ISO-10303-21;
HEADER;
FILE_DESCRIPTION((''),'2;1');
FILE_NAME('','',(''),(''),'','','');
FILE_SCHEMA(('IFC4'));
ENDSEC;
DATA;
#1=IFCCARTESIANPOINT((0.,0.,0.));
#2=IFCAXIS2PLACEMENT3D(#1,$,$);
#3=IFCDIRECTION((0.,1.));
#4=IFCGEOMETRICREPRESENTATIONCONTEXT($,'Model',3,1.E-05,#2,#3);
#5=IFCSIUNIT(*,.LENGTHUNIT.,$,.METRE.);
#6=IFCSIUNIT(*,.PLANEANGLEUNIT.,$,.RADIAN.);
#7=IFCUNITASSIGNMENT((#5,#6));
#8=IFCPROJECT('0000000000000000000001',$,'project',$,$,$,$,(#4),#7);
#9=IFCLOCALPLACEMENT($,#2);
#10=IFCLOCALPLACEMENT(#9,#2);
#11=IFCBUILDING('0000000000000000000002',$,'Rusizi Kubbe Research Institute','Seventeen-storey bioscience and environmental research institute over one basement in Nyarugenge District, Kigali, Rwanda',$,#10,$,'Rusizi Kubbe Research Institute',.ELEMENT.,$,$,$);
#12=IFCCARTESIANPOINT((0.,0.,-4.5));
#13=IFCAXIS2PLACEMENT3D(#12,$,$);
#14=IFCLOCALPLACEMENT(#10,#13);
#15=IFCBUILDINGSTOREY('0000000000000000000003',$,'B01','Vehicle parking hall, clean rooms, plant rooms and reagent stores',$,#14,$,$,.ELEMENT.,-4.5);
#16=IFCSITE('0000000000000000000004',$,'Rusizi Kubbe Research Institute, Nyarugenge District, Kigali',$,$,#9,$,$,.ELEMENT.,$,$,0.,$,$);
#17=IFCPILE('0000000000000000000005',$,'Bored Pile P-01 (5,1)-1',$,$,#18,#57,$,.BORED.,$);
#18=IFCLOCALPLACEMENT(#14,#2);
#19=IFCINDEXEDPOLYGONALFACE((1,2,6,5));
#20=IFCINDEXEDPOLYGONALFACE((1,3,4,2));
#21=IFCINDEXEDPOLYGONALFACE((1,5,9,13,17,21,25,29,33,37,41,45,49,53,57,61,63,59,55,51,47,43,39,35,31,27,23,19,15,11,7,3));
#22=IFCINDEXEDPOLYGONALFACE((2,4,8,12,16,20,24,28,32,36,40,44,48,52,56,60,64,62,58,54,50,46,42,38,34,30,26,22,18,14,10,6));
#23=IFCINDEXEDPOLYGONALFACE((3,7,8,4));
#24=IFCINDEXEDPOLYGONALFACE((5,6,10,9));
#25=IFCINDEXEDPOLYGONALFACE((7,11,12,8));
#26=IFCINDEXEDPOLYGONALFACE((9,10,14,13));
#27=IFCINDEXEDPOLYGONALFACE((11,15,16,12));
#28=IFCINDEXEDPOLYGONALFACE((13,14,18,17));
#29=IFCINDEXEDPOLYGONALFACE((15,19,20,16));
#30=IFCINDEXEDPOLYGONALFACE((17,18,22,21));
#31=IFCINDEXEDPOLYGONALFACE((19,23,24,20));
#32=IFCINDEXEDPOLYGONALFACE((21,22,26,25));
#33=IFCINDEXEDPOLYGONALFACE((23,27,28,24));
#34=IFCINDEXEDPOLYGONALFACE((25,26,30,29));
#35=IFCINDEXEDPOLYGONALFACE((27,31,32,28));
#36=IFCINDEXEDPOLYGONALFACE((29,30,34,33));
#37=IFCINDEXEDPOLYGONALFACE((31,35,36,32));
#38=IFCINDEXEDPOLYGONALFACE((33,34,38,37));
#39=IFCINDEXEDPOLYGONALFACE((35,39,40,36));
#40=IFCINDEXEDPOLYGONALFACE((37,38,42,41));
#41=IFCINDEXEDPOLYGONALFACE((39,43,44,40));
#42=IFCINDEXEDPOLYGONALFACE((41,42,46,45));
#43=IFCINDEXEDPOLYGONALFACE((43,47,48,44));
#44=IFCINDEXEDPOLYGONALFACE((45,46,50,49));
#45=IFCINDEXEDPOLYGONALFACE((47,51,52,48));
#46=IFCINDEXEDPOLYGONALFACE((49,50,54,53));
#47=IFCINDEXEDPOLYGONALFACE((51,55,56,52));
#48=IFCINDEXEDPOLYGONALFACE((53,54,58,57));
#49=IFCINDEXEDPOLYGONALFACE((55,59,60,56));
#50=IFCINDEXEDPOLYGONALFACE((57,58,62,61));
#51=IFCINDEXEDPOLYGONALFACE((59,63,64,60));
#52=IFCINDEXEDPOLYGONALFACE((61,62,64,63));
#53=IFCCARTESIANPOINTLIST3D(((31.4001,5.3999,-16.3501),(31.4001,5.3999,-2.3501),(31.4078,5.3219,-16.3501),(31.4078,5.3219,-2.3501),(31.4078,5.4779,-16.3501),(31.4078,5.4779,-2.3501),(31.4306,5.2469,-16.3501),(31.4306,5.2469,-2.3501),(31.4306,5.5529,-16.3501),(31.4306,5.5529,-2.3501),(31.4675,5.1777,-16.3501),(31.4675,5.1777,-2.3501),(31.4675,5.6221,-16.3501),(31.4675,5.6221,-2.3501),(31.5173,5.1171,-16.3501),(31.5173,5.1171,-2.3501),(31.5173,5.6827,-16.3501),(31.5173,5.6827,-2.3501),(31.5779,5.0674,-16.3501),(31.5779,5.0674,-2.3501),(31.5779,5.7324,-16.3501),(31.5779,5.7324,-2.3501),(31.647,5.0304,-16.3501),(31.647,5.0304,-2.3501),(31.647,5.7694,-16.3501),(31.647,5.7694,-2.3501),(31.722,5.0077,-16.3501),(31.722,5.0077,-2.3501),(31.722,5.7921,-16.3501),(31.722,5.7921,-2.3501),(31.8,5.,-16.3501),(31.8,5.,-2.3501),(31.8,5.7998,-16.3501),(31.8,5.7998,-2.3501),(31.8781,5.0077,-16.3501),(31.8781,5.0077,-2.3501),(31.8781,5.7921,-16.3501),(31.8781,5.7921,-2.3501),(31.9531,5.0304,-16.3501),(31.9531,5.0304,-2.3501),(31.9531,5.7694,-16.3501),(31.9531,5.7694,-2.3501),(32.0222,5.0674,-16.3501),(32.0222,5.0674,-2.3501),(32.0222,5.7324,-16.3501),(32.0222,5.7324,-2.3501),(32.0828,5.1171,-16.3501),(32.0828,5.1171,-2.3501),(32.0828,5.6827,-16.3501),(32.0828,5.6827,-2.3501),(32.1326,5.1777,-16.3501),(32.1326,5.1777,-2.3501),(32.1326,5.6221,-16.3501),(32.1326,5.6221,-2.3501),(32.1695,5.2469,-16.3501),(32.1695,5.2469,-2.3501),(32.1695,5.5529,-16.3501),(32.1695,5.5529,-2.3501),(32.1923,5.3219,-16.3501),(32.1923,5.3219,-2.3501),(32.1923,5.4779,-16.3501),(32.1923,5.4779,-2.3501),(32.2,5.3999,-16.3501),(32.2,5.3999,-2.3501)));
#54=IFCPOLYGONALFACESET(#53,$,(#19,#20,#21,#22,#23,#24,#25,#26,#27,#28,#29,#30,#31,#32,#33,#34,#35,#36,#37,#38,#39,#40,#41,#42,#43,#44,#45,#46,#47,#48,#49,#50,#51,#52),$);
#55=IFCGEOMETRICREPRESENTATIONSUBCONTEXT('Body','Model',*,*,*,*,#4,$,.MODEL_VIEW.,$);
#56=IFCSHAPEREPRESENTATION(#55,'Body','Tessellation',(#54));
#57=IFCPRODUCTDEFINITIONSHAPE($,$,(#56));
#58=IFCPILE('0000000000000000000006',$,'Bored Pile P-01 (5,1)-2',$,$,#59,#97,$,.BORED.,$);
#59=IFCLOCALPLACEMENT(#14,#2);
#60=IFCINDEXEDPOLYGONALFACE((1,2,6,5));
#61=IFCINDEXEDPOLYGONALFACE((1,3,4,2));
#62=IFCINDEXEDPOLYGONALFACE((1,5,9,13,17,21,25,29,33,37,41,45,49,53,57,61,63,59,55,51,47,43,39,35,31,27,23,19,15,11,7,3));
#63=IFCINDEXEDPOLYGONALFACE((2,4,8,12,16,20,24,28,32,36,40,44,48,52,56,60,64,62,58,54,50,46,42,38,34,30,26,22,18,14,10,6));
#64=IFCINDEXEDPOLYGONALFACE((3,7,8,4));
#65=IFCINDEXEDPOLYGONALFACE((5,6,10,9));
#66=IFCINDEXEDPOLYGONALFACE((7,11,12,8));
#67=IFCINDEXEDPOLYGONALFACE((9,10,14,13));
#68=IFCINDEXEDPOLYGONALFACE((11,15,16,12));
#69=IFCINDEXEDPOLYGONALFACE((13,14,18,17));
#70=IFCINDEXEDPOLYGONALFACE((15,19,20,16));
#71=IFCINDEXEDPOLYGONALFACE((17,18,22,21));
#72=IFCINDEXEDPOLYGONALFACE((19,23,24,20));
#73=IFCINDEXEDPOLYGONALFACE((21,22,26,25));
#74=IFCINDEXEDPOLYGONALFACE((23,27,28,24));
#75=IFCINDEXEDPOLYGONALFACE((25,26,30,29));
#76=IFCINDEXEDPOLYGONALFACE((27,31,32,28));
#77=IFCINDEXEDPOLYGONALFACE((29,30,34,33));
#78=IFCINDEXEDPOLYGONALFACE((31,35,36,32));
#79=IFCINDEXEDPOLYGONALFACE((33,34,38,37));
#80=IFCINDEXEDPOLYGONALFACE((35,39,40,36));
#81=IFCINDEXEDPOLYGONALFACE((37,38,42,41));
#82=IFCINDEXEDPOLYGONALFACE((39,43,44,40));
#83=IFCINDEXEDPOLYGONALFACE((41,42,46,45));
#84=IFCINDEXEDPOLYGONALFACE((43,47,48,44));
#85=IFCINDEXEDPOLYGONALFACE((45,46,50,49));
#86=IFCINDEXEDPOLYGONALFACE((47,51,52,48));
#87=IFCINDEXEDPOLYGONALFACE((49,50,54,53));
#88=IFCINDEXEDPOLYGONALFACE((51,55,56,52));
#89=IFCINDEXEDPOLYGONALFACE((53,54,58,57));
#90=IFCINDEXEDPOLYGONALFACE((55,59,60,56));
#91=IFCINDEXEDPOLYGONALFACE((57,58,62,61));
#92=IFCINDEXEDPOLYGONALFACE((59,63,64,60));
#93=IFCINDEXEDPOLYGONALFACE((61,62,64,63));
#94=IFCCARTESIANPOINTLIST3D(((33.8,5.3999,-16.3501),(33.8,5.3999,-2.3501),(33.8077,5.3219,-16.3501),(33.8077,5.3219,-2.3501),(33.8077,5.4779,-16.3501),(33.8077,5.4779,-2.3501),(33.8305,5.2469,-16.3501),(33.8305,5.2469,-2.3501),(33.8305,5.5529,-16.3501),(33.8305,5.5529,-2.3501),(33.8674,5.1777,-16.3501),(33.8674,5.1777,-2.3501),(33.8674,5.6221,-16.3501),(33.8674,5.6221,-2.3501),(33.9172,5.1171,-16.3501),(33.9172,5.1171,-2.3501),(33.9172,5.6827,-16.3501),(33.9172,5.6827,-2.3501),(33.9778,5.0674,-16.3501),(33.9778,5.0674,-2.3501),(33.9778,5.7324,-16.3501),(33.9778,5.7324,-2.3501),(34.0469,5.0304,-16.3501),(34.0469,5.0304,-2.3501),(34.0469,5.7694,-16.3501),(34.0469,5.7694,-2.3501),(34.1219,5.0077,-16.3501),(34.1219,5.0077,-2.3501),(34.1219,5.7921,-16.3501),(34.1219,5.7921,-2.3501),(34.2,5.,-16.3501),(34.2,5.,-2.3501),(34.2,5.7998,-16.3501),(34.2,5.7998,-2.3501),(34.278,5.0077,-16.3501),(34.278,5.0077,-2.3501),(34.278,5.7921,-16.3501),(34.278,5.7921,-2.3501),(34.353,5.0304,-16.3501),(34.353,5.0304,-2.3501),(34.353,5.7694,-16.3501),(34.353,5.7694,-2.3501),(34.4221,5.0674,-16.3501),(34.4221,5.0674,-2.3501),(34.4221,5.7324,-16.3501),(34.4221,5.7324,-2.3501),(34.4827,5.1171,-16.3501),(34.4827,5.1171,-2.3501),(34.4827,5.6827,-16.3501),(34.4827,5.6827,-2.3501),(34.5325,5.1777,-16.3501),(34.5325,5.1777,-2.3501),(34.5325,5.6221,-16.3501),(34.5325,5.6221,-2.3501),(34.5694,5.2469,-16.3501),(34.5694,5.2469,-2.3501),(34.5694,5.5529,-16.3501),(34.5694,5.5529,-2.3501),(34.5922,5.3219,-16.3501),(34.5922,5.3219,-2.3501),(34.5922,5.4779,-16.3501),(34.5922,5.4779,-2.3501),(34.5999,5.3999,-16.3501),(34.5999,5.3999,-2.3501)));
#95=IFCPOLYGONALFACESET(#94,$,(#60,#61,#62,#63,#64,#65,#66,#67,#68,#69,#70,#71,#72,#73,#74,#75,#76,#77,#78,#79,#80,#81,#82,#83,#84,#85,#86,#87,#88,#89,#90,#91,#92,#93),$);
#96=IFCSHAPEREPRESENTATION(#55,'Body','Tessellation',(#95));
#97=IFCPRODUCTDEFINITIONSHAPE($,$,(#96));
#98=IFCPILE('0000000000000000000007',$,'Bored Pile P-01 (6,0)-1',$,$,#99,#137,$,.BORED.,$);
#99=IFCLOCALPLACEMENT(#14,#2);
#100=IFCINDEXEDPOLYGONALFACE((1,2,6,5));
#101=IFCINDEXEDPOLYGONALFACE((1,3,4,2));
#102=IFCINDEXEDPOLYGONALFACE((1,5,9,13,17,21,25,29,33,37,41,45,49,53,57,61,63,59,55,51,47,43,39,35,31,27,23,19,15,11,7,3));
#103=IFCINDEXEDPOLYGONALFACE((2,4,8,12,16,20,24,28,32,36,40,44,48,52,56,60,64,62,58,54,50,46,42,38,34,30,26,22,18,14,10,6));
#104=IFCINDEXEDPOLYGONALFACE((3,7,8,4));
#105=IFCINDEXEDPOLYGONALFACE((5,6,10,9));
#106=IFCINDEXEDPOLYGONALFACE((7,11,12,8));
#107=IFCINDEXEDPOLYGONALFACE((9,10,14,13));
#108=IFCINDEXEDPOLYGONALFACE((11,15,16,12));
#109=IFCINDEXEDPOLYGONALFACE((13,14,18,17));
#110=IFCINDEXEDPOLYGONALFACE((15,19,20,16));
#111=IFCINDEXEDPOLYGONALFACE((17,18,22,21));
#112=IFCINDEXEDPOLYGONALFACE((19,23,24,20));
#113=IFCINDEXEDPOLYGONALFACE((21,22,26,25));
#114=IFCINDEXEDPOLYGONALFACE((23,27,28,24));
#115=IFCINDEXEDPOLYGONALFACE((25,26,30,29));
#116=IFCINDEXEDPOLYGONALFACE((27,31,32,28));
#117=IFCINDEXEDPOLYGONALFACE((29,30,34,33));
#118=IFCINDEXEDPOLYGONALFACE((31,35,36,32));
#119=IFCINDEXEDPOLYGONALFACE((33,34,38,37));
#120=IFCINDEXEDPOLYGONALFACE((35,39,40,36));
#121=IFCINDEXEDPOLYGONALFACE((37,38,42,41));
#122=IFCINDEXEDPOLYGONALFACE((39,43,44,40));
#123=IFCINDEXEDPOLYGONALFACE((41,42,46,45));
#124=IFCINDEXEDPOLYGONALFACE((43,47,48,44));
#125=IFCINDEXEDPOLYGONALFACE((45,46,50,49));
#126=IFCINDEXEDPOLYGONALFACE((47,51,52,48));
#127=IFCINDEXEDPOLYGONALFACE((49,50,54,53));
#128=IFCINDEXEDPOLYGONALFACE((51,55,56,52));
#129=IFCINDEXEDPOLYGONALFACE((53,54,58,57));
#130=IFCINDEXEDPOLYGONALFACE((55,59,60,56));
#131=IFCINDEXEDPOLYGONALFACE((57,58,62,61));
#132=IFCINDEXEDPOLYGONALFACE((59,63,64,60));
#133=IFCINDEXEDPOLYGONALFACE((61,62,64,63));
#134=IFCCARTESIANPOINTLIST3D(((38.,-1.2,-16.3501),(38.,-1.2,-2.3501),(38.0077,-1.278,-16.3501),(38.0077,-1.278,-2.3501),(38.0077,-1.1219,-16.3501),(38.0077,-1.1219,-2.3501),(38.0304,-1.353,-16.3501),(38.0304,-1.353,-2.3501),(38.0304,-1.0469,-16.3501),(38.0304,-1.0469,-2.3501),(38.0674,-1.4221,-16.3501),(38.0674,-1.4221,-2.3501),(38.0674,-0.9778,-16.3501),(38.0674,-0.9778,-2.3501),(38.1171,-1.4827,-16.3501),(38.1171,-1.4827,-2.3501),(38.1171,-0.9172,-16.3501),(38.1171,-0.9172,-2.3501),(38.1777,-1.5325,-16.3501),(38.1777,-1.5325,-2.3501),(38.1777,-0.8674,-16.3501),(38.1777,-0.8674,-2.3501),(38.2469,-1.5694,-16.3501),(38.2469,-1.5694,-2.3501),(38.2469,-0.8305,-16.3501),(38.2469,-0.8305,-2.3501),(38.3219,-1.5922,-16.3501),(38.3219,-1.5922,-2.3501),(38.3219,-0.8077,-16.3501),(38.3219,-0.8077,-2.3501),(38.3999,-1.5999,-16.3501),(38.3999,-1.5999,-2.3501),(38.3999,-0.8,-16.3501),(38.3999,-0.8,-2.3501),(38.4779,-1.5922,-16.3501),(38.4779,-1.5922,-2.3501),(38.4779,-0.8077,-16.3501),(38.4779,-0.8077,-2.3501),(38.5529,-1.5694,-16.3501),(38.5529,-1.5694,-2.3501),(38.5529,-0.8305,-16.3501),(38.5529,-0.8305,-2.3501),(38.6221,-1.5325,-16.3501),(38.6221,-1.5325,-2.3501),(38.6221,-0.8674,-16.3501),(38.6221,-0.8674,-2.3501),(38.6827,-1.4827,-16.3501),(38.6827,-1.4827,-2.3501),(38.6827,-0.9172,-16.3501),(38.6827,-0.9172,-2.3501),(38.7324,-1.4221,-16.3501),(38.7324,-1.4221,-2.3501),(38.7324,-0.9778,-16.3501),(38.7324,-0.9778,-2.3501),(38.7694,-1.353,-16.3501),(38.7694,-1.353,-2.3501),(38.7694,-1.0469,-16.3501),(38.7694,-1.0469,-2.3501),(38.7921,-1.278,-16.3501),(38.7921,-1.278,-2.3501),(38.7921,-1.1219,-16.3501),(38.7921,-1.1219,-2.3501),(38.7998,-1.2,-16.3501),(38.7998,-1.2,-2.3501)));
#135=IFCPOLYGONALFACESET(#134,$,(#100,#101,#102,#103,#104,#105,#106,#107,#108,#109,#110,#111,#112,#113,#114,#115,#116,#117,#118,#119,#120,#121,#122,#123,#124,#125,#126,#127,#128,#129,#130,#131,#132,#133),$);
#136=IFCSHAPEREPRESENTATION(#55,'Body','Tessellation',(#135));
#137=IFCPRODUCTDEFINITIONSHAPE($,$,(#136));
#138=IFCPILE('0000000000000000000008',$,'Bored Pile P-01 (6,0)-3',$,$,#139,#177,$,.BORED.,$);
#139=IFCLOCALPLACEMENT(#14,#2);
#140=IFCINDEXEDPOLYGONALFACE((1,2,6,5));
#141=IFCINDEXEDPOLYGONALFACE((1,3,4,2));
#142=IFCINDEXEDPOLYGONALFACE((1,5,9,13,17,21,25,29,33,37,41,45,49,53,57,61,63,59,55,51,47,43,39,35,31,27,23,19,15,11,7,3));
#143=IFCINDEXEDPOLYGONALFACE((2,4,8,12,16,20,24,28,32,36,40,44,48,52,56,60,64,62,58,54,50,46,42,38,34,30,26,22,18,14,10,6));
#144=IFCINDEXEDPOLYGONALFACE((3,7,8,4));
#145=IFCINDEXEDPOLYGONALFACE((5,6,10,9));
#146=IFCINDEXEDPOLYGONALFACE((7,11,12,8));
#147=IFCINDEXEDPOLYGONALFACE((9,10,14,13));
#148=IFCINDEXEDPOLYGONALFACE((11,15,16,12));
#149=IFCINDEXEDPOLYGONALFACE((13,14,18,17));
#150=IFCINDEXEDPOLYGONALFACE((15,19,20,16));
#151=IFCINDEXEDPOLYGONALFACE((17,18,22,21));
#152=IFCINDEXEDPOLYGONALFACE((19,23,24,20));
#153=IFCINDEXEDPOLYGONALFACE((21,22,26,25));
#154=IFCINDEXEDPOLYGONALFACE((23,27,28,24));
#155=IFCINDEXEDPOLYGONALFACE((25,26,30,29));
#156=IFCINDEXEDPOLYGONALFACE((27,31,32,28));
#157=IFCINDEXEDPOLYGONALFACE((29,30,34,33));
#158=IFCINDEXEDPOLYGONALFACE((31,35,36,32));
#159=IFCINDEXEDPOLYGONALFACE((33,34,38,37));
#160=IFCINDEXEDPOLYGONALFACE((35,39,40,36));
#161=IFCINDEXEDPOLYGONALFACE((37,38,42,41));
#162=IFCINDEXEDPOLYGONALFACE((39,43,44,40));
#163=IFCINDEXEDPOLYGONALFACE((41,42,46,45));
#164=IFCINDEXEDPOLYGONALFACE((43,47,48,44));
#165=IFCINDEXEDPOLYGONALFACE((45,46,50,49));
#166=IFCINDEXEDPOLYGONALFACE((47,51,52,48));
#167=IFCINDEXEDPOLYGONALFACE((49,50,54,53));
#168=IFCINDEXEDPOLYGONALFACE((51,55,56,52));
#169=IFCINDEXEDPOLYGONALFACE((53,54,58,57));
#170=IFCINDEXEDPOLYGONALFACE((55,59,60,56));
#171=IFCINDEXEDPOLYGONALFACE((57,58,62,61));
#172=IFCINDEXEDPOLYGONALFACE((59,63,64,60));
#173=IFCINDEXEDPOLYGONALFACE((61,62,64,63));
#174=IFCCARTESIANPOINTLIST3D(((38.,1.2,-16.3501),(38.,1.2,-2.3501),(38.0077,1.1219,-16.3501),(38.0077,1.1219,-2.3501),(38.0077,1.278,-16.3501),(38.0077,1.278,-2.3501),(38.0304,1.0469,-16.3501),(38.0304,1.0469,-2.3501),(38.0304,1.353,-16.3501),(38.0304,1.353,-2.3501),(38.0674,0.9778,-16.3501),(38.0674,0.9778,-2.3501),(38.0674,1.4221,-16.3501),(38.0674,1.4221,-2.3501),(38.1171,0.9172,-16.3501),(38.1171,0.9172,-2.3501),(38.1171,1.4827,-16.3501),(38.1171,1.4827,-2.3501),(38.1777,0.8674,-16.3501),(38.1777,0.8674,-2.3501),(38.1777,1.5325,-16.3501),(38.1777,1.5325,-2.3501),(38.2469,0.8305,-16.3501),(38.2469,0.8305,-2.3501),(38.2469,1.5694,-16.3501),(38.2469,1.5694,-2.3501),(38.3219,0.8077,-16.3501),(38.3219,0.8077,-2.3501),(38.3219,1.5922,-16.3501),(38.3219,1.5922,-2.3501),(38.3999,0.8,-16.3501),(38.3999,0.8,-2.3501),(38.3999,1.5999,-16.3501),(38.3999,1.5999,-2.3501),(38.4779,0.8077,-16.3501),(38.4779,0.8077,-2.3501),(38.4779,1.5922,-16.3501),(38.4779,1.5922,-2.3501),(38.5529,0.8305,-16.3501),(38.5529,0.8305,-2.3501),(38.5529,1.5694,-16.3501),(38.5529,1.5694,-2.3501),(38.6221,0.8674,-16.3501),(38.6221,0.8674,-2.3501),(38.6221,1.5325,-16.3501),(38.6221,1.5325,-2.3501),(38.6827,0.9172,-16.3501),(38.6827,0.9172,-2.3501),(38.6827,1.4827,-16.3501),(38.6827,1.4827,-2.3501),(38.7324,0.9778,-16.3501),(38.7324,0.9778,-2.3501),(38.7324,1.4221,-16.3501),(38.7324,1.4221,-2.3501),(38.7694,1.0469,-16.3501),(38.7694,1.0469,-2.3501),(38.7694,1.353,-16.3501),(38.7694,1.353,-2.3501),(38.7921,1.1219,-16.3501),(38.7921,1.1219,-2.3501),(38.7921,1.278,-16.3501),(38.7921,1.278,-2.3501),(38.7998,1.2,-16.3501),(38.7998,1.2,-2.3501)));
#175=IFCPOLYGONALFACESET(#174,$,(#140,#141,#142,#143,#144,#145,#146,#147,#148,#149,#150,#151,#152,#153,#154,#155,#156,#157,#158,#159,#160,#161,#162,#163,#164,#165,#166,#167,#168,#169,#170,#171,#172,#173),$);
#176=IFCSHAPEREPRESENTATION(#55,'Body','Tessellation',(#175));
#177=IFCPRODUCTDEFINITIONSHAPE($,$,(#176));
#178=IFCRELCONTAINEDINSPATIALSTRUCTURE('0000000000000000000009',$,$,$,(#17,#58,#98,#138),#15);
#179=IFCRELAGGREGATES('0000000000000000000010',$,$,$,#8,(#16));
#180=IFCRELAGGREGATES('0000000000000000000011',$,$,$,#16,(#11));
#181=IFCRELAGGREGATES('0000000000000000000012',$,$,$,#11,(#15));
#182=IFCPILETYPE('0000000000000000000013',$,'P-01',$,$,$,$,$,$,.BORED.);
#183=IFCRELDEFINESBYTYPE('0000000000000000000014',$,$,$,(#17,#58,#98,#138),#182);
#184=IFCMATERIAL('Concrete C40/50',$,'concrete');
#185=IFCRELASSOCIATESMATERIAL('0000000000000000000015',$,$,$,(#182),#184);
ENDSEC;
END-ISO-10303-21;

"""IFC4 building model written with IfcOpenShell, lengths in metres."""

from ifc_helpers import new_model, si_unit, direction, frame, origin, origin_2d, place, context, subcontext, project, spatial, circle, extrude, material, material_profile, profile_set, type_object, element, save


model = new_model("IFC4")

# Units and contexts
model_context = context("Model", 3, precision=1e-05, world=origin(), true_north=direction((0.0, 1.0)))
body_context = subcontext(model_context, "Body", "Model", "MODEL_VIEW")
ifc_project = project(units=[si_unit("LENGTHUNIT", "METRE"), si_unit("PLANEANGLEUNIT", "RADIAN")], contexts=[model_context])

# Site, building, storey
site_placement = place(None, origin())
site = spatial("IfcSite", under=ifc_project, at=site_placement, Name="Rusizi Kubbe Research Institute, Nyarugenge District, Kigali", CompositionType="ELEMENT", RefElevation=0.0)
building_placement = place(site_placement, origin())
building = spatial("IfcBuilding", under=site, at=building_placement, Name="Rusizi Kubbe Research Institute", Description="Seventeen-storey bioscience and environmental research institute over one basement in Nyarugenge District, Kigali, Rwanda", LongName="Rusizi Kubbe Research Institute", CompositionType="ELEMENT")
storey_placement = place(building_placement, frame((0.0, 0.0, -4.5)))
storey = spatial("IfcBuildingStorey", under=building, at=storey_placement, Name="B01", Description="Vehicle parking hall, clean rooms, plant rooms and reagent stores", CompositionType="ELEMENT", Elevation=-4.5)

# Piles
ifc_material_1 = material(Name="Concrete C40/50", Category="concrete")
ifc_material_profile_1 = material_profile(ifc_material_1, circle(Radius=0.3999, at=origin_2d()), Name="PILE-D800")
ifc_profile_set_1 = profile_set([ifc_material_profile_1], Name="Concrete C40/50")
pile_type_1 = type_object("IfcPileType", Name="P-01", PredefinedType="BORED", material=ifc_profile_set_1)
for number, where, z_axis, x_axis, name in (
    (1, (31.8, 5.3999, -2.3501), (0.0, 0.0, -1.0), (1.0, 0.0, 0.0), "Bored Pile P-01 (5,1)-1"),
    (2, (34.2, 5.3999, -2.3501), (0.0, 0.0, -1.0), (1.0, 0.0, 0.0), "Bored Pile P-01 (5,1)-2"),
    (3, (38.3999, -1.2, -2.3501), (0.0, 0.0, -1.0), (1.0, 0.0, 0.0), "Bored Pile P-01 (6,0)-1"),
    (4, (38.3999, 1.2, -2.3501), (0.0, 0.0, -1.0), (1.0, 0.0, 0.0), "Bored Pile P-01 (6,0)-3"),
):
    element("IfcPile", number, at=place(storey_placement, frame(where, z_axis=z_axis, x_axis=x_axis)), inside=storey, type_object=pile_type_1, Name=name, PredefinedType="BORED", context=body_context, shape_type="SweptSolid", body=[
        extrude(circle(Radius=0.3999, at=origin_2d()), origin(), (0.0, 0.0, 1.0), 14.0),
    ])

save(model, "model.ifc")
